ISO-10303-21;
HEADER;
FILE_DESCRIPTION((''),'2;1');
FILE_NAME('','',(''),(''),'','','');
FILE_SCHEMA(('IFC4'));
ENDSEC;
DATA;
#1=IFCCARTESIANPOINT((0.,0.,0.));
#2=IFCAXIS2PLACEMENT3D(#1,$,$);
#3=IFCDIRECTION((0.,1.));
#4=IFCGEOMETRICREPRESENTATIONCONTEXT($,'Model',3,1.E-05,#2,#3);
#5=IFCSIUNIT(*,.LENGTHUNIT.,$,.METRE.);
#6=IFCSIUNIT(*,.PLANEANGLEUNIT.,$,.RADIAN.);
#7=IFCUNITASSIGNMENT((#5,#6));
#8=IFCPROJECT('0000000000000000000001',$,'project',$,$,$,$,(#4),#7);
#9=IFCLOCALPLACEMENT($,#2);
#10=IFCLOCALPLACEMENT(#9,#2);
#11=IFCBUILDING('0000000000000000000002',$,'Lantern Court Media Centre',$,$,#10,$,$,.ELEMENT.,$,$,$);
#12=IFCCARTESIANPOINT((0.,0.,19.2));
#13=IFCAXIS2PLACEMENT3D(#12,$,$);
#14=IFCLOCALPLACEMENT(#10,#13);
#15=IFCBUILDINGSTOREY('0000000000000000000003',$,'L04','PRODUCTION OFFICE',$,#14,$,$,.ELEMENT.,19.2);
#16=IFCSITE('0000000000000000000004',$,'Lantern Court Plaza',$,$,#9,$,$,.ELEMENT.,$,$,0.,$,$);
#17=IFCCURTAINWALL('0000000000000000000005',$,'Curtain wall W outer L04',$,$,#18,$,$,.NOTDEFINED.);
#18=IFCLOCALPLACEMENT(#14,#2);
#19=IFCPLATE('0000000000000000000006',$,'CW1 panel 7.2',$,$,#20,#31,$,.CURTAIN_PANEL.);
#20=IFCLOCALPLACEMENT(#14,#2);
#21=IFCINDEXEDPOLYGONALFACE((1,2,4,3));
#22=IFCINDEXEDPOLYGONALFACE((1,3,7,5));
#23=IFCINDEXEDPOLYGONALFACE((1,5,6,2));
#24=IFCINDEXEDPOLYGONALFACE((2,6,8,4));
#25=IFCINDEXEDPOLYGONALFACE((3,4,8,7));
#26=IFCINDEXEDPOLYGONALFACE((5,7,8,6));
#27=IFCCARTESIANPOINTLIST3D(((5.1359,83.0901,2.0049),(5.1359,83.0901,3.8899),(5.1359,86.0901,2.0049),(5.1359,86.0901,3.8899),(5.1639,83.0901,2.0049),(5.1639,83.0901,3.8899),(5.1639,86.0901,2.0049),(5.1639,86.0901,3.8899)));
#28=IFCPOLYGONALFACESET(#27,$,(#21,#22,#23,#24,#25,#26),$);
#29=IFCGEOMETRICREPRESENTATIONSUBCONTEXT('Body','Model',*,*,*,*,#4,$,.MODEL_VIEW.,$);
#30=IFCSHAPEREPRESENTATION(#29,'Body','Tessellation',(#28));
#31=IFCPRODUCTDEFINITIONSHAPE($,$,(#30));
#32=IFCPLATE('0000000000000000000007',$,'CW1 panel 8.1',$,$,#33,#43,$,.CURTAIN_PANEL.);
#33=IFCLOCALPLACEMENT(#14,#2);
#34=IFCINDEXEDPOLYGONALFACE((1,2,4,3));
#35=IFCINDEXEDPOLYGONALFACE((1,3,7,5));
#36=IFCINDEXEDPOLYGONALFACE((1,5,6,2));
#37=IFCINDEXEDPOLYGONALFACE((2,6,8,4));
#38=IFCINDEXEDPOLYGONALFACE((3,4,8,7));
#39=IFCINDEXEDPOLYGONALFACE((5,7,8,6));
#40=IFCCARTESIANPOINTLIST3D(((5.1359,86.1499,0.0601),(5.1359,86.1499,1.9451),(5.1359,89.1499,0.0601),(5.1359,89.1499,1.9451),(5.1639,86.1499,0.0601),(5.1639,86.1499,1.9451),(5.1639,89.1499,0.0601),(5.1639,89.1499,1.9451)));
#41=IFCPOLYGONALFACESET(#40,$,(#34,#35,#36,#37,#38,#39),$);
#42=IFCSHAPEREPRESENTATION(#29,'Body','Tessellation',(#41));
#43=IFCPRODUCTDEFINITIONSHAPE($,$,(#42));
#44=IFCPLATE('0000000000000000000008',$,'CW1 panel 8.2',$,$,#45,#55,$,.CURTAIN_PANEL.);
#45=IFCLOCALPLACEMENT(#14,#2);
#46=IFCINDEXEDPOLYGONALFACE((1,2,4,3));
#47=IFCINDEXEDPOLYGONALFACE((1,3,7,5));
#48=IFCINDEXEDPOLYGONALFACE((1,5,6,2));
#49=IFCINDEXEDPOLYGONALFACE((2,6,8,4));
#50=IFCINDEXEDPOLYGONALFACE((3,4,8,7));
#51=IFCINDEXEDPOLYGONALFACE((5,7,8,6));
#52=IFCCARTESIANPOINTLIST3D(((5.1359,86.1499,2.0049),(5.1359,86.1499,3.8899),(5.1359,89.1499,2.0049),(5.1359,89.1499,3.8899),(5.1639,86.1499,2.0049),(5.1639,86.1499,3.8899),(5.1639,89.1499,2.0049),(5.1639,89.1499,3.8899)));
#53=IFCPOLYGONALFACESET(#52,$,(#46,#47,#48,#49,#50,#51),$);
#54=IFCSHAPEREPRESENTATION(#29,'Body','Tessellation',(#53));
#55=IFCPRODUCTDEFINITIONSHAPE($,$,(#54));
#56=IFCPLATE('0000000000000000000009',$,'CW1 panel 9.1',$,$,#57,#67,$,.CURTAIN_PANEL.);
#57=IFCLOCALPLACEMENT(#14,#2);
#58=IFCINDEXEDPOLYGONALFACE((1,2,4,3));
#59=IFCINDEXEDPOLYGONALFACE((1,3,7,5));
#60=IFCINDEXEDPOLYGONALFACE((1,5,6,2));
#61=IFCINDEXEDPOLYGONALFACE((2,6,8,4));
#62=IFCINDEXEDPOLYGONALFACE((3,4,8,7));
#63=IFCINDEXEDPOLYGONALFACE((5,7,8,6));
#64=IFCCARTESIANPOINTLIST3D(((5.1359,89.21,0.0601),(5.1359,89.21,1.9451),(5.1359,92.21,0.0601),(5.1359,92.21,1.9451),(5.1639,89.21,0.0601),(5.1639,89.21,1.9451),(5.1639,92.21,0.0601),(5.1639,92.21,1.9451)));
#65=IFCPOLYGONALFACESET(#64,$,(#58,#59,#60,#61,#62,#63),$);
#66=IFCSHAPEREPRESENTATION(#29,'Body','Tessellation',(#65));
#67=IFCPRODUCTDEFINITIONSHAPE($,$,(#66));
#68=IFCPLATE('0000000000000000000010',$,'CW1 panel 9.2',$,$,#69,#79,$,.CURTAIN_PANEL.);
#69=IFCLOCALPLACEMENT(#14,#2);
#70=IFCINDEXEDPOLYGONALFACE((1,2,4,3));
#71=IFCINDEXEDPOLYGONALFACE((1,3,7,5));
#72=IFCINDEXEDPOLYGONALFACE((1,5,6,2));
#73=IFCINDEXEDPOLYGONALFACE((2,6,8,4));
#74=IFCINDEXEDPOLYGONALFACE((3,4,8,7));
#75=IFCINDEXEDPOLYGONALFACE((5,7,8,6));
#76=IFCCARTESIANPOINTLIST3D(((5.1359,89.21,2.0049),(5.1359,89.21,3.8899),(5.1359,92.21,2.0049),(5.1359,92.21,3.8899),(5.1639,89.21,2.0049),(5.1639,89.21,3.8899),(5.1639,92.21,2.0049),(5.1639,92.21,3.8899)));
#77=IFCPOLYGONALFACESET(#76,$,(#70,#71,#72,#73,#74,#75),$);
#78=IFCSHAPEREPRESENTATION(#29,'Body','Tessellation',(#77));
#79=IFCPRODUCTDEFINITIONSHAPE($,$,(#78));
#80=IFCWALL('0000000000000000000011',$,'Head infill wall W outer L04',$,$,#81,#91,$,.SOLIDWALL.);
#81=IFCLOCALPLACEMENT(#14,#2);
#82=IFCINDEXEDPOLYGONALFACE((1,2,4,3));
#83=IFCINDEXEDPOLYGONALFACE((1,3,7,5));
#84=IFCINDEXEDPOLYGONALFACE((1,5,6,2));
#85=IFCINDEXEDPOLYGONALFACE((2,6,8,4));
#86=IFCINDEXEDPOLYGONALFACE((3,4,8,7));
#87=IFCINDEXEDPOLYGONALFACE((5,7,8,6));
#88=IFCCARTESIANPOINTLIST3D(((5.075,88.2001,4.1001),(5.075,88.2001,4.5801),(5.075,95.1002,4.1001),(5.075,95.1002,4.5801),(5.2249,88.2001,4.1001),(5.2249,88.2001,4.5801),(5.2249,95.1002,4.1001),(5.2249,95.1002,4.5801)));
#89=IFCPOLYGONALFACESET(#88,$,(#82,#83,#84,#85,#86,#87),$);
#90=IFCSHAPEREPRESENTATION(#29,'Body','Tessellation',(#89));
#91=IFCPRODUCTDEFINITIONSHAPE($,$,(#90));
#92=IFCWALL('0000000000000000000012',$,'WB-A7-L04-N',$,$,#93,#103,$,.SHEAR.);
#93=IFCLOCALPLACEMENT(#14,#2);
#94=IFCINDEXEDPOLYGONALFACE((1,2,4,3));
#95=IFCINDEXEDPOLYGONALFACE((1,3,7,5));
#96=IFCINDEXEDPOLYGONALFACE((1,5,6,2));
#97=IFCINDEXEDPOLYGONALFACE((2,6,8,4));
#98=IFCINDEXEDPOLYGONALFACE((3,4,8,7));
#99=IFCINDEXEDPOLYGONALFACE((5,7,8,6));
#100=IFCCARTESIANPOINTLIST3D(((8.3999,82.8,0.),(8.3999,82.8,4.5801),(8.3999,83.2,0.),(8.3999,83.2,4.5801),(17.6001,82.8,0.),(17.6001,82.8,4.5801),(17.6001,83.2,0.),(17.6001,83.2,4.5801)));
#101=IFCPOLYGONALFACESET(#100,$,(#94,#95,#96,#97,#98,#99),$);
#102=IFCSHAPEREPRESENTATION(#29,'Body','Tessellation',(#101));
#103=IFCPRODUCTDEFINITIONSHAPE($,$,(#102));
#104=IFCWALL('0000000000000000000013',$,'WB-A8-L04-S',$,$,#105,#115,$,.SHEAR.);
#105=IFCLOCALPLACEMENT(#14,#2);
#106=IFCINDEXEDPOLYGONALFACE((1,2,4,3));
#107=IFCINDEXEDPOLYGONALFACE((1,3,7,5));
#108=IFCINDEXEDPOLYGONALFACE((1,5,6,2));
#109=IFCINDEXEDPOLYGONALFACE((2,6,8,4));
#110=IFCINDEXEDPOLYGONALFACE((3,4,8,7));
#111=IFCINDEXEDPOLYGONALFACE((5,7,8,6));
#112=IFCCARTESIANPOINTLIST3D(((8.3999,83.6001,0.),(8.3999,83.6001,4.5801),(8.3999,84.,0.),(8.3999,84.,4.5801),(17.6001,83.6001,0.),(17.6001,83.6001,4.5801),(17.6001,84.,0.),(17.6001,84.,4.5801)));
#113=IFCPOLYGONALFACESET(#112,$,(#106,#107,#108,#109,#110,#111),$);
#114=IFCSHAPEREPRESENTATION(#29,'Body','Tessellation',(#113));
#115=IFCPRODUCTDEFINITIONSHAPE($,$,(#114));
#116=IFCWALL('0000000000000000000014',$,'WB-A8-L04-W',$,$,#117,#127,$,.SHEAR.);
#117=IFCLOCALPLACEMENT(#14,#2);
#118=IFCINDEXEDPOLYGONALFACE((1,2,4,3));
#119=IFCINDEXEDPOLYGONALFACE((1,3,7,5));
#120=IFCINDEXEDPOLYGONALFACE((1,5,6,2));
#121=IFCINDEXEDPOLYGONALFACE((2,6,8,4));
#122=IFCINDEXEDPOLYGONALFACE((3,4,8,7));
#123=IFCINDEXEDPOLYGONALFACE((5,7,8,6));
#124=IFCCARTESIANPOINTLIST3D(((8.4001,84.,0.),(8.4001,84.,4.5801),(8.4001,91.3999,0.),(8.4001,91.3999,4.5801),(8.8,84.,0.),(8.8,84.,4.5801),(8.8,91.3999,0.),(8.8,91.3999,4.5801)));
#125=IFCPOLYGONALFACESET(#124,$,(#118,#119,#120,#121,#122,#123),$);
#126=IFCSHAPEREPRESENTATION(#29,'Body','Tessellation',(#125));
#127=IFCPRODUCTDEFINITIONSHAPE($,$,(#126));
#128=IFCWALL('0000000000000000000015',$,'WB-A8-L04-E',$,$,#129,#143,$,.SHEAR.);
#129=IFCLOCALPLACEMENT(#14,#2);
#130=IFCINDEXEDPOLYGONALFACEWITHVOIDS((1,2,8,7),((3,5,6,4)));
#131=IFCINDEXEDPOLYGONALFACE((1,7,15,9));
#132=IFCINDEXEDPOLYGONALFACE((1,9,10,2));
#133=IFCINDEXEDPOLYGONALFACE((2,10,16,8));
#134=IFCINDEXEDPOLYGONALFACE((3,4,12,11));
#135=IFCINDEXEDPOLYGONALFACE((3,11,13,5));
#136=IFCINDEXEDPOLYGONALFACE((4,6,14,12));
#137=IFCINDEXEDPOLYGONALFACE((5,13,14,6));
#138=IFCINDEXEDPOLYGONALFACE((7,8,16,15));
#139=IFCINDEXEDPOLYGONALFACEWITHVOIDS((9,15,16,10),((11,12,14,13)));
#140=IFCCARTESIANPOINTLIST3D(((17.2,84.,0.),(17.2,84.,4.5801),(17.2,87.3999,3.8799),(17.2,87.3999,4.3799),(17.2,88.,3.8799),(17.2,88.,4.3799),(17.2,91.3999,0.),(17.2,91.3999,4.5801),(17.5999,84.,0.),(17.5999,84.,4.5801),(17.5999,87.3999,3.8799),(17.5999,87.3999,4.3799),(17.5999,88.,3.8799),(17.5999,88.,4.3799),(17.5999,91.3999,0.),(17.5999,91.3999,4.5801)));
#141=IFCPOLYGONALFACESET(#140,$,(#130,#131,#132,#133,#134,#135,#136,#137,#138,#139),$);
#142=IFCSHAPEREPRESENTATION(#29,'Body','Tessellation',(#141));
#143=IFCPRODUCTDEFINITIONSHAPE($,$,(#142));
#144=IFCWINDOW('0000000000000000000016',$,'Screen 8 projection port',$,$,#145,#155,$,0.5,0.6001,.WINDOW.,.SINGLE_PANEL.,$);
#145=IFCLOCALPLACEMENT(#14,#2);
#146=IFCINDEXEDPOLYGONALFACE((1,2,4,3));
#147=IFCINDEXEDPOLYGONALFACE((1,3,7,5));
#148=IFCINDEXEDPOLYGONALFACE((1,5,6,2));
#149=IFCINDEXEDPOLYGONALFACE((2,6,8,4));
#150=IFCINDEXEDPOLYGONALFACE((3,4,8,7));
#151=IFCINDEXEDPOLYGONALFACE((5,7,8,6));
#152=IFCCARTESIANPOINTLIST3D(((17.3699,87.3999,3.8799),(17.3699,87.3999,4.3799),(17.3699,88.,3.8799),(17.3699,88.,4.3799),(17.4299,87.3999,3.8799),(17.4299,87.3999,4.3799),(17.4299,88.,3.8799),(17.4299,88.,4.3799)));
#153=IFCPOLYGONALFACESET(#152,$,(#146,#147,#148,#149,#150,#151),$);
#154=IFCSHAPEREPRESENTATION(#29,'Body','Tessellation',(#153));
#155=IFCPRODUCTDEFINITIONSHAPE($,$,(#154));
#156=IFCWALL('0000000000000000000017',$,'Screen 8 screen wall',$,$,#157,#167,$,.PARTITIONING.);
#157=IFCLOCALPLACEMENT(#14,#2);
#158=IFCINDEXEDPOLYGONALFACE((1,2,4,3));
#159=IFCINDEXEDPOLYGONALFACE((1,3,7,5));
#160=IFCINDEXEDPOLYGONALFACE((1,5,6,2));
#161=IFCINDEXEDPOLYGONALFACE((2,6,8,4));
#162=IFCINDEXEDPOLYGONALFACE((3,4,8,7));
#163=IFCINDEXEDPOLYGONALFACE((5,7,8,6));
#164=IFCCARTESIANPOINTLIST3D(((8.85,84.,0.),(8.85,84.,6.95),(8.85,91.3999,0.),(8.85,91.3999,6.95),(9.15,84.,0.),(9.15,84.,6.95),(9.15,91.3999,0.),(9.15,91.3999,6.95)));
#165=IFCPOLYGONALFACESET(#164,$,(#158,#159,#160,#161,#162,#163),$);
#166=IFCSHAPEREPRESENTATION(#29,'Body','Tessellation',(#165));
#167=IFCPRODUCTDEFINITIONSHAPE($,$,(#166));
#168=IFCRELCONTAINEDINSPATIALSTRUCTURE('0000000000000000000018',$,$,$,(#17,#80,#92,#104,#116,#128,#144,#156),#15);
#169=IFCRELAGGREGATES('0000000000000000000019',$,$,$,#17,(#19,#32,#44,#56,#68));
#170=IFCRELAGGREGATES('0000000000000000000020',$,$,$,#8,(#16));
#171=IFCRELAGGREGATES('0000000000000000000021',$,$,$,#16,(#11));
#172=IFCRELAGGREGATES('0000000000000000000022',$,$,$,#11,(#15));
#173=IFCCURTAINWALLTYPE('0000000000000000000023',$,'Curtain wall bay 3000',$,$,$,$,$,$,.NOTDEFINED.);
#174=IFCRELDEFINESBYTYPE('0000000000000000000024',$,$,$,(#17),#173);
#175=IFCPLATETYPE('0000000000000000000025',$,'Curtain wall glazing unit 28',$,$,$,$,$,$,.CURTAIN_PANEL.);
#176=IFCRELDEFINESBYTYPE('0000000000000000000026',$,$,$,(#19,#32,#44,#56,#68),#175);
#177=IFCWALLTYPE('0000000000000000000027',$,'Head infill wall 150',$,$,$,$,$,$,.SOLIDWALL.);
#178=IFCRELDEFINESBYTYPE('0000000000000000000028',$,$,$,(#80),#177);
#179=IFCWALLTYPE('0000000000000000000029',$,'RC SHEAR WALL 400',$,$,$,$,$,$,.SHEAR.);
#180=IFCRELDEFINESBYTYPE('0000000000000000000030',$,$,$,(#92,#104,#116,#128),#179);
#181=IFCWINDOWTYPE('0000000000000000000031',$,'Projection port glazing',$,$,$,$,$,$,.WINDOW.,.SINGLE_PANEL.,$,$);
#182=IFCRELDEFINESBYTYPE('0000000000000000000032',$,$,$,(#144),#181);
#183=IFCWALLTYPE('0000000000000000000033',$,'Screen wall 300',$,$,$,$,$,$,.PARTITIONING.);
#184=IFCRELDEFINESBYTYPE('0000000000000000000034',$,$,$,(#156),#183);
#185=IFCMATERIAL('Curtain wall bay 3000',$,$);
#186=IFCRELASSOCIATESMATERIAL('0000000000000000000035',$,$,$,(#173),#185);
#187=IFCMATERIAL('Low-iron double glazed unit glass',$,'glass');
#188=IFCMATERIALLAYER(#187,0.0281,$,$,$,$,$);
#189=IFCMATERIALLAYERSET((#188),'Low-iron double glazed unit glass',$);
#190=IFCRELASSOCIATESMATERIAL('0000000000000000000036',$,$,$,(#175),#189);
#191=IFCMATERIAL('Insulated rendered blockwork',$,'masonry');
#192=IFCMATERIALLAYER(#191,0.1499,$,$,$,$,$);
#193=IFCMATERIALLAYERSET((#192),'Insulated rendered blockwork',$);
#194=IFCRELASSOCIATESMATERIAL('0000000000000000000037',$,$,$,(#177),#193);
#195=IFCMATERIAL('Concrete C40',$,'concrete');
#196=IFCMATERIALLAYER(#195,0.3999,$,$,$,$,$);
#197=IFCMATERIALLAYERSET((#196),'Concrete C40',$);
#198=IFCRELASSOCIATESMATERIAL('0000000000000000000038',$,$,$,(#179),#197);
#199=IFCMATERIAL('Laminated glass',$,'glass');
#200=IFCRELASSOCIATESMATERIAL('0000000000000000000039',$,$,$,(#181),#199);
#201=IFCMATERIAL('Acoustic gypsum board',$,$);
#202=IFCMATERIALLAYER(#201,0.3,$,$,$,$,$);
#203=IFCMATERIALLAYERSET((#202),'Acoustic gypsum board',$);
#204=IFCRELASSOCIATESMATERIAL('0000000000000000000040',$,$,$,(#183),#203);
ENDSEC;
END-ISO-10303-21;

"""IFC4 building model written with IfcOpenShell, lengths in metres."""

from ifc_helpers import new_model, si_unit, direction, frame, frame_2d, origin, origin_2d, place, context, subcontext, project, spatial, rectangle, extrude, material, layer, layer_set, type_object, element, fill, aggregate, save


model = new_model("IFC4")

# Units and contexts
model_context = context("Model", 3, precision=1e-05, world=origin(), true_north=direction((0.0, 1.0)))
body_context = subcontext(model_context, "Body", "Model", "MODEL_VIEW")
ifc_project = project(units=[si_unit("LENGTHUNIT", "METRE"), si_unit("PLANEANGLEUNIT", "RADIAN")], contexts=[model_context])

# Site, building, storey
site_placement = place(None, origin())
site = spatial("IfcSite", under=ifc_project, at=site_placement, Name="Lantern Court Plaza", CompositionType="ELEMENT", RefElevation=0.0)
building_placement = place(site_placement, origin())
building = spatial("IfcBuilding", under=site, at=building_placement, Name="Lantern Court Media Centre", CompositionType="ELEMENT")
storey_placement = place(building_placement, frame((0.0, 0.0, 19.2)))
storey = spatial("IfcBuildingStorey", under=building, at=storey_placement, Name="L04", Description="PRODUCTION OFFICE", CompositionType="ELEMENT", Elevation=19.2)

# Curtain wall
ifc_material_1 = material(Name="Curtain wall bay 3000")
curtain_wall_type = type_object("IfcCurtainWallType", Name="Curtain wall bay 3000", PredefinedType="NOTDEFINED", material=ifc_material_1)
curtain_wall_placement = place(storey_placement, origin())
curtain_wall = element("IfcCurtainWall", 1, at=curtain_wall_placement, inside=storey, type_object=curtain_wall_type, Name="Curtain wall W outer L04", PredefinedType="NOTDEFINED")

# Plates
ifc_material_2 = material(Name="Low-iron double glazed unit glass", Category="glass")
ifc_layer_1 = layer(ifc_material_2, 0.0281)
ifc_layer_set_1 = layer_set([ifc_layer_1], Name="Low-iron double glazed unit glass")
plate_type = type_object("IfcPlateType", Name="Curtain wall glazing unit 28", PredefinedType="CURTAIN_PANEL", material=ifc_layer_set_1)
plate_1_placement = place(storey_placement, frame((5.1499, 84.5901, 2.0049), z_axis=(0.0, 0.0, 1.0), x_axis=(0.0, 1.0, 0.0)))
plate_1 = element("IfcPlate", 2, at=plate_1_placement, type_object=plate_type, Name="CW1 panel 7.2", PredefinedType="CURTAIN_PANEL", context=body_context, shape_type="SweptSolid", body=[
    extrude(rectangle(XDim=3.0, YDim=0.0281, at=origin_2d()), origin(), (0.0, 0.0, 1.0), 1.885),
])
plate_2_placement = place(storey_placement, frame((5.1499, 87.6499, 0.0601), z_axis=(0.0, 0.0, 1.0), x_axis=(0.0, 1.0, 0.0)))
plate_2 = element("IfcPlate", 3, at=plate_2_placement, type_object=plate_type, Name="CW1 panel 8.1", PredefinedType="CURTAIN_PANEL", context=body_context, shape_type="SweptSolid", body=[
    extrude(rectangle(XDim=3.0, YDim=0.0281, at=origin_2d()), origin(), (0.0, 0.0, 1.0), 1.885),
])
plate_3_placement = place(storey_placement, frame((5.1499, 87.6499, 2.0049), z_axis=(0.0, 0.0, 1.0), x_axis=(0.0, 1.0, 0.0)))
plate_3 = element("IfcPlate", 4, at=plate_3_placement, type_object=plate_type, Name="CW1 panel 8.2", PredefinedType="CURTAIN_PANEL", context=body_context, shape_type="SweptSolid", body=[
    extrude(rectangle(XDim=3.0, YDim=0.0281, at=origin_2d()), origin(), (0.0, 0.0, 1.0), 1.885),
])
plate_4_placement = place(storey_placement, frame((5.1499, 90.71, 0.0601), z_axis=(0.0, 0.0, 1.0), x_axis=(0.0, 1.0, 0.0)))
plate_4 = element("IfcPlate", 5, at=plate_4_placement, type_object=plate_type, Name="CW1 panel 9.1", PredefinedType="CURTAIN_PANEL", context=body_context, shape_type="SweptSolid", body=[
    extrude(rectangle(XDim=3.0, YDim=0.0281, at=origin_2d()), origin(), (0.0, 0.0, 1.0), 1.885),
])
plate_5_placement = place(storey_placement, frame((5.1499, 90.71, 2.0049), z_axis=(0.0, 0.0, 1.0), x_axis=(0.0, 1.0, 0.0)))
plate_5 = element("IfcPlate", 6, at=plate_5_placement, type_object=plate_type, Name="CW1 panel 9.2", PredefinedType="CURTAIN_PANEL", context=body_context, shape_type="SweptSolid", body=[
    extrude(rectangle(XDim=3.0, YDim=0.0281, at=origin_2d()), origin(), (0.0, 0.0, 1.0), 1.885),
])
aggregate(curtain_wall, [plate_1, plate_2, plate_3, plate_4, plate_5])

# Walls
ifc_material_3 = material(Name="Insulated rendered blockwork", Category="masonry")
ifc_layer_2 = layer(ifc_material_3, 0.1499)
ifc_layer_set_2 = layer_set([ifc_layer_2], Name="Insulated rendered blockwork")
wall_type_1 = type_object("IfcWallType", Name="Head infill wall 150", PredefinedType="SOLIDWALL", material=ifc_layer_set_2)
wall_1_placement = place(storey_placement, frame((5.1499, 88.2, 4.1001), z_axis=(0.0, 0.0, 1.0), x_axis=(0.0, 1.0, 0.0)))
element("IfcWall", 7, at=wall_1_placement, inside=storey, type_object=wall_type_1, Name="Head infill wall W outer L04", PredefinedType="SOLIDWALL", context=body_context, shape_type="SweptSolid", body=[
    extrude(rectangle(XDim=6.9001, YDim=0.1499, at=frame_2d((3.4502, 0.0))), origin(), (0.0, 0.0, 1.0), 0.48),
])
ifc_material_4 = material(Name="Concrete C40", Category="concrete")
ifc_layer_3 = layer(ifc_material_4, 0.3999)
ifc_layer_set_3 = layer_set([ifc_layer_3], Name="Concrete C40")
wall_type_2 = type_object("IfcWallType", Name="RC SHEAR WALL 400", PredefinedType="SHEAR", material=ifc_layer_set_3)
for number, where, z_axis, x_axis, name in (
    (8, (8.3999, 83.0, 0.0), (0.0, 0.0, 1.0), (1.0, 0.0, 0.0), "WB-A7-L04-N"),
    (9, (8.3999, 83.8, 0.0), (0.0, 0.0, 1.0), (1.0, 0.0, 0.0), "WB-A8-L04-S"),
):
    element("IfcWall", number, at=place(storey_placement, frame(where, z_axis=z_axis, x_axis=x_axis)), inside=storey, type_object=wall_type_2, Name=name, PredefinedType="SHEAR", context=body_context, shape_type="SweptSolid", body=[
        extrude(rectangle(XDim=9.2002, YDim=0.3999, at=frame_2d((4.6001, 0.0))), origin(), (0.0, 0.0, 1.0), 4.5801),
    ])
wall_2_placement = place(storey_placement, frame((8.6001, 84.0, 0.0), z_axis=(0.0, 0.0, 1.0), x_axis=(0.0, 1.0, 0.0)))
element("IfcWall", 10, at=wall_2_placement, inside=storey, type_object=wall_type_2, Name="WB-A8-L04-W", PredefinedType="SHEAR", context=body_context, shape_type="SweptSolid", body=[
    extrude(rectangle(XDim=7.3999, YDim=0.3999, at=frame_2d((3.7, 0.0))), origin(), (0.0, 0.0, 1.0), 4.5801),
])

# Wall, opening, window
wall_3_placement = place(storey_placement, frame((17.3999, 84.0, 0.0), z_axis=(0.0, 0.0, 1.0), x_axis=(0.0, 1.0, 0.0)))
wall_3 = element("IfcWall", 11, at=wall_3_placement, inside=storey, type_object=wall_type_2, Name="WB-A8-L04-E", PredefinedType="SHEAR", context=body_context, shape_type="SweptSolid", body=[
    extrude(rectangle(XDim=7.3999, YDim=0.3999, at=frame_2d((3.7, 0.0))), origin(), (0.0, 0.0, 1.0), 4.5801),
])
opening_placement = place(wall_3_placement, frame((3.3999, 0.0, 3.8799)))
opening = element("IfcOpeningElement", 12, at=opening_placement, cuts=wall_3, PredefinedType="OPENING", context=body_context, shape_type="SweptSolid", body=[
    extrude(rectangle(XDim=0.6001, YDim=0.5, at=frame_2d((0.3, 0.25))), frame((0.0, 0.21, 0.0), z_axis=(0.0, -1.0, 0.0), x_axis=(1.0, 0.0, 0.0)), (0.0, 0.0, 1.0), 0.4199),
])
ifc_material_5 = material(Name="Laminated glass", Category="glass")
window_type = type_object("IfcWindowType", Name="Projection port glazing", PartitioningType="SINGLE_PANEL", PredefinedType="WINDOW", material=ifc_material_5)
window_placement = place(opening_placement, origin())
window = element("IfcWindow", 13, at=window_placement, inside=storey, type_object=window_type, Name="Screen 8 projection port", OverallHeight=0.5, OverallWidth=0.6001, PartitioningType="SINGLE_PANEL", PredefinedType="WINDOW", context=body_context, shape_type="SweptSolid", body=[
    extrude(rectangle(XDim=0.6001, YDim=0.5, at=frame_2d((0.3, 0.25))), frame((0.0, 0.03, 0.0), z_axis=(0.0, -1.0, 0.0), x_axis=(1.0, 0.0, 0.0)), (0.0, 0.0, 1.0), 0.0601),
])
fill(opening, window)

# Wall
ifc_material_6 = material(Name="Acoustic gypsum board")
ifc_layer_4 = layer(ifc_material_6, 0.3)
ifc_layer_set_4 = layer_set([ifc_layer_4], Name="Acoustic gypsum board")
wall_type_3 = type_object("IfcWallType", Name="Screen wall 300", PredefinedType="PARTITIONING", material=ifc_layer_set_4)
wall_4_placement = place(storey_placement, frame((9.0, 84.0, 0.0), z_axis=(0.0, 0.0, 1.0), x_axis=(0.0, 1.0, 0.0)))
element("IfcWall", 14, at=wall_4_placement, inside=storey, type_object=wall_type_3, Name="Screen 8 screen wall", PredefinedType="PARTITIONING", context=body_context, shape_type="SweptSolid", body=[
    extrude(rectangle(XDim=7.3999, YDim=0.3, at=frame_2d((3.7, 0.0))), origin(), (0.0, 0.0, 1.0), 6.95),
])

save(model, "model.ifc")
